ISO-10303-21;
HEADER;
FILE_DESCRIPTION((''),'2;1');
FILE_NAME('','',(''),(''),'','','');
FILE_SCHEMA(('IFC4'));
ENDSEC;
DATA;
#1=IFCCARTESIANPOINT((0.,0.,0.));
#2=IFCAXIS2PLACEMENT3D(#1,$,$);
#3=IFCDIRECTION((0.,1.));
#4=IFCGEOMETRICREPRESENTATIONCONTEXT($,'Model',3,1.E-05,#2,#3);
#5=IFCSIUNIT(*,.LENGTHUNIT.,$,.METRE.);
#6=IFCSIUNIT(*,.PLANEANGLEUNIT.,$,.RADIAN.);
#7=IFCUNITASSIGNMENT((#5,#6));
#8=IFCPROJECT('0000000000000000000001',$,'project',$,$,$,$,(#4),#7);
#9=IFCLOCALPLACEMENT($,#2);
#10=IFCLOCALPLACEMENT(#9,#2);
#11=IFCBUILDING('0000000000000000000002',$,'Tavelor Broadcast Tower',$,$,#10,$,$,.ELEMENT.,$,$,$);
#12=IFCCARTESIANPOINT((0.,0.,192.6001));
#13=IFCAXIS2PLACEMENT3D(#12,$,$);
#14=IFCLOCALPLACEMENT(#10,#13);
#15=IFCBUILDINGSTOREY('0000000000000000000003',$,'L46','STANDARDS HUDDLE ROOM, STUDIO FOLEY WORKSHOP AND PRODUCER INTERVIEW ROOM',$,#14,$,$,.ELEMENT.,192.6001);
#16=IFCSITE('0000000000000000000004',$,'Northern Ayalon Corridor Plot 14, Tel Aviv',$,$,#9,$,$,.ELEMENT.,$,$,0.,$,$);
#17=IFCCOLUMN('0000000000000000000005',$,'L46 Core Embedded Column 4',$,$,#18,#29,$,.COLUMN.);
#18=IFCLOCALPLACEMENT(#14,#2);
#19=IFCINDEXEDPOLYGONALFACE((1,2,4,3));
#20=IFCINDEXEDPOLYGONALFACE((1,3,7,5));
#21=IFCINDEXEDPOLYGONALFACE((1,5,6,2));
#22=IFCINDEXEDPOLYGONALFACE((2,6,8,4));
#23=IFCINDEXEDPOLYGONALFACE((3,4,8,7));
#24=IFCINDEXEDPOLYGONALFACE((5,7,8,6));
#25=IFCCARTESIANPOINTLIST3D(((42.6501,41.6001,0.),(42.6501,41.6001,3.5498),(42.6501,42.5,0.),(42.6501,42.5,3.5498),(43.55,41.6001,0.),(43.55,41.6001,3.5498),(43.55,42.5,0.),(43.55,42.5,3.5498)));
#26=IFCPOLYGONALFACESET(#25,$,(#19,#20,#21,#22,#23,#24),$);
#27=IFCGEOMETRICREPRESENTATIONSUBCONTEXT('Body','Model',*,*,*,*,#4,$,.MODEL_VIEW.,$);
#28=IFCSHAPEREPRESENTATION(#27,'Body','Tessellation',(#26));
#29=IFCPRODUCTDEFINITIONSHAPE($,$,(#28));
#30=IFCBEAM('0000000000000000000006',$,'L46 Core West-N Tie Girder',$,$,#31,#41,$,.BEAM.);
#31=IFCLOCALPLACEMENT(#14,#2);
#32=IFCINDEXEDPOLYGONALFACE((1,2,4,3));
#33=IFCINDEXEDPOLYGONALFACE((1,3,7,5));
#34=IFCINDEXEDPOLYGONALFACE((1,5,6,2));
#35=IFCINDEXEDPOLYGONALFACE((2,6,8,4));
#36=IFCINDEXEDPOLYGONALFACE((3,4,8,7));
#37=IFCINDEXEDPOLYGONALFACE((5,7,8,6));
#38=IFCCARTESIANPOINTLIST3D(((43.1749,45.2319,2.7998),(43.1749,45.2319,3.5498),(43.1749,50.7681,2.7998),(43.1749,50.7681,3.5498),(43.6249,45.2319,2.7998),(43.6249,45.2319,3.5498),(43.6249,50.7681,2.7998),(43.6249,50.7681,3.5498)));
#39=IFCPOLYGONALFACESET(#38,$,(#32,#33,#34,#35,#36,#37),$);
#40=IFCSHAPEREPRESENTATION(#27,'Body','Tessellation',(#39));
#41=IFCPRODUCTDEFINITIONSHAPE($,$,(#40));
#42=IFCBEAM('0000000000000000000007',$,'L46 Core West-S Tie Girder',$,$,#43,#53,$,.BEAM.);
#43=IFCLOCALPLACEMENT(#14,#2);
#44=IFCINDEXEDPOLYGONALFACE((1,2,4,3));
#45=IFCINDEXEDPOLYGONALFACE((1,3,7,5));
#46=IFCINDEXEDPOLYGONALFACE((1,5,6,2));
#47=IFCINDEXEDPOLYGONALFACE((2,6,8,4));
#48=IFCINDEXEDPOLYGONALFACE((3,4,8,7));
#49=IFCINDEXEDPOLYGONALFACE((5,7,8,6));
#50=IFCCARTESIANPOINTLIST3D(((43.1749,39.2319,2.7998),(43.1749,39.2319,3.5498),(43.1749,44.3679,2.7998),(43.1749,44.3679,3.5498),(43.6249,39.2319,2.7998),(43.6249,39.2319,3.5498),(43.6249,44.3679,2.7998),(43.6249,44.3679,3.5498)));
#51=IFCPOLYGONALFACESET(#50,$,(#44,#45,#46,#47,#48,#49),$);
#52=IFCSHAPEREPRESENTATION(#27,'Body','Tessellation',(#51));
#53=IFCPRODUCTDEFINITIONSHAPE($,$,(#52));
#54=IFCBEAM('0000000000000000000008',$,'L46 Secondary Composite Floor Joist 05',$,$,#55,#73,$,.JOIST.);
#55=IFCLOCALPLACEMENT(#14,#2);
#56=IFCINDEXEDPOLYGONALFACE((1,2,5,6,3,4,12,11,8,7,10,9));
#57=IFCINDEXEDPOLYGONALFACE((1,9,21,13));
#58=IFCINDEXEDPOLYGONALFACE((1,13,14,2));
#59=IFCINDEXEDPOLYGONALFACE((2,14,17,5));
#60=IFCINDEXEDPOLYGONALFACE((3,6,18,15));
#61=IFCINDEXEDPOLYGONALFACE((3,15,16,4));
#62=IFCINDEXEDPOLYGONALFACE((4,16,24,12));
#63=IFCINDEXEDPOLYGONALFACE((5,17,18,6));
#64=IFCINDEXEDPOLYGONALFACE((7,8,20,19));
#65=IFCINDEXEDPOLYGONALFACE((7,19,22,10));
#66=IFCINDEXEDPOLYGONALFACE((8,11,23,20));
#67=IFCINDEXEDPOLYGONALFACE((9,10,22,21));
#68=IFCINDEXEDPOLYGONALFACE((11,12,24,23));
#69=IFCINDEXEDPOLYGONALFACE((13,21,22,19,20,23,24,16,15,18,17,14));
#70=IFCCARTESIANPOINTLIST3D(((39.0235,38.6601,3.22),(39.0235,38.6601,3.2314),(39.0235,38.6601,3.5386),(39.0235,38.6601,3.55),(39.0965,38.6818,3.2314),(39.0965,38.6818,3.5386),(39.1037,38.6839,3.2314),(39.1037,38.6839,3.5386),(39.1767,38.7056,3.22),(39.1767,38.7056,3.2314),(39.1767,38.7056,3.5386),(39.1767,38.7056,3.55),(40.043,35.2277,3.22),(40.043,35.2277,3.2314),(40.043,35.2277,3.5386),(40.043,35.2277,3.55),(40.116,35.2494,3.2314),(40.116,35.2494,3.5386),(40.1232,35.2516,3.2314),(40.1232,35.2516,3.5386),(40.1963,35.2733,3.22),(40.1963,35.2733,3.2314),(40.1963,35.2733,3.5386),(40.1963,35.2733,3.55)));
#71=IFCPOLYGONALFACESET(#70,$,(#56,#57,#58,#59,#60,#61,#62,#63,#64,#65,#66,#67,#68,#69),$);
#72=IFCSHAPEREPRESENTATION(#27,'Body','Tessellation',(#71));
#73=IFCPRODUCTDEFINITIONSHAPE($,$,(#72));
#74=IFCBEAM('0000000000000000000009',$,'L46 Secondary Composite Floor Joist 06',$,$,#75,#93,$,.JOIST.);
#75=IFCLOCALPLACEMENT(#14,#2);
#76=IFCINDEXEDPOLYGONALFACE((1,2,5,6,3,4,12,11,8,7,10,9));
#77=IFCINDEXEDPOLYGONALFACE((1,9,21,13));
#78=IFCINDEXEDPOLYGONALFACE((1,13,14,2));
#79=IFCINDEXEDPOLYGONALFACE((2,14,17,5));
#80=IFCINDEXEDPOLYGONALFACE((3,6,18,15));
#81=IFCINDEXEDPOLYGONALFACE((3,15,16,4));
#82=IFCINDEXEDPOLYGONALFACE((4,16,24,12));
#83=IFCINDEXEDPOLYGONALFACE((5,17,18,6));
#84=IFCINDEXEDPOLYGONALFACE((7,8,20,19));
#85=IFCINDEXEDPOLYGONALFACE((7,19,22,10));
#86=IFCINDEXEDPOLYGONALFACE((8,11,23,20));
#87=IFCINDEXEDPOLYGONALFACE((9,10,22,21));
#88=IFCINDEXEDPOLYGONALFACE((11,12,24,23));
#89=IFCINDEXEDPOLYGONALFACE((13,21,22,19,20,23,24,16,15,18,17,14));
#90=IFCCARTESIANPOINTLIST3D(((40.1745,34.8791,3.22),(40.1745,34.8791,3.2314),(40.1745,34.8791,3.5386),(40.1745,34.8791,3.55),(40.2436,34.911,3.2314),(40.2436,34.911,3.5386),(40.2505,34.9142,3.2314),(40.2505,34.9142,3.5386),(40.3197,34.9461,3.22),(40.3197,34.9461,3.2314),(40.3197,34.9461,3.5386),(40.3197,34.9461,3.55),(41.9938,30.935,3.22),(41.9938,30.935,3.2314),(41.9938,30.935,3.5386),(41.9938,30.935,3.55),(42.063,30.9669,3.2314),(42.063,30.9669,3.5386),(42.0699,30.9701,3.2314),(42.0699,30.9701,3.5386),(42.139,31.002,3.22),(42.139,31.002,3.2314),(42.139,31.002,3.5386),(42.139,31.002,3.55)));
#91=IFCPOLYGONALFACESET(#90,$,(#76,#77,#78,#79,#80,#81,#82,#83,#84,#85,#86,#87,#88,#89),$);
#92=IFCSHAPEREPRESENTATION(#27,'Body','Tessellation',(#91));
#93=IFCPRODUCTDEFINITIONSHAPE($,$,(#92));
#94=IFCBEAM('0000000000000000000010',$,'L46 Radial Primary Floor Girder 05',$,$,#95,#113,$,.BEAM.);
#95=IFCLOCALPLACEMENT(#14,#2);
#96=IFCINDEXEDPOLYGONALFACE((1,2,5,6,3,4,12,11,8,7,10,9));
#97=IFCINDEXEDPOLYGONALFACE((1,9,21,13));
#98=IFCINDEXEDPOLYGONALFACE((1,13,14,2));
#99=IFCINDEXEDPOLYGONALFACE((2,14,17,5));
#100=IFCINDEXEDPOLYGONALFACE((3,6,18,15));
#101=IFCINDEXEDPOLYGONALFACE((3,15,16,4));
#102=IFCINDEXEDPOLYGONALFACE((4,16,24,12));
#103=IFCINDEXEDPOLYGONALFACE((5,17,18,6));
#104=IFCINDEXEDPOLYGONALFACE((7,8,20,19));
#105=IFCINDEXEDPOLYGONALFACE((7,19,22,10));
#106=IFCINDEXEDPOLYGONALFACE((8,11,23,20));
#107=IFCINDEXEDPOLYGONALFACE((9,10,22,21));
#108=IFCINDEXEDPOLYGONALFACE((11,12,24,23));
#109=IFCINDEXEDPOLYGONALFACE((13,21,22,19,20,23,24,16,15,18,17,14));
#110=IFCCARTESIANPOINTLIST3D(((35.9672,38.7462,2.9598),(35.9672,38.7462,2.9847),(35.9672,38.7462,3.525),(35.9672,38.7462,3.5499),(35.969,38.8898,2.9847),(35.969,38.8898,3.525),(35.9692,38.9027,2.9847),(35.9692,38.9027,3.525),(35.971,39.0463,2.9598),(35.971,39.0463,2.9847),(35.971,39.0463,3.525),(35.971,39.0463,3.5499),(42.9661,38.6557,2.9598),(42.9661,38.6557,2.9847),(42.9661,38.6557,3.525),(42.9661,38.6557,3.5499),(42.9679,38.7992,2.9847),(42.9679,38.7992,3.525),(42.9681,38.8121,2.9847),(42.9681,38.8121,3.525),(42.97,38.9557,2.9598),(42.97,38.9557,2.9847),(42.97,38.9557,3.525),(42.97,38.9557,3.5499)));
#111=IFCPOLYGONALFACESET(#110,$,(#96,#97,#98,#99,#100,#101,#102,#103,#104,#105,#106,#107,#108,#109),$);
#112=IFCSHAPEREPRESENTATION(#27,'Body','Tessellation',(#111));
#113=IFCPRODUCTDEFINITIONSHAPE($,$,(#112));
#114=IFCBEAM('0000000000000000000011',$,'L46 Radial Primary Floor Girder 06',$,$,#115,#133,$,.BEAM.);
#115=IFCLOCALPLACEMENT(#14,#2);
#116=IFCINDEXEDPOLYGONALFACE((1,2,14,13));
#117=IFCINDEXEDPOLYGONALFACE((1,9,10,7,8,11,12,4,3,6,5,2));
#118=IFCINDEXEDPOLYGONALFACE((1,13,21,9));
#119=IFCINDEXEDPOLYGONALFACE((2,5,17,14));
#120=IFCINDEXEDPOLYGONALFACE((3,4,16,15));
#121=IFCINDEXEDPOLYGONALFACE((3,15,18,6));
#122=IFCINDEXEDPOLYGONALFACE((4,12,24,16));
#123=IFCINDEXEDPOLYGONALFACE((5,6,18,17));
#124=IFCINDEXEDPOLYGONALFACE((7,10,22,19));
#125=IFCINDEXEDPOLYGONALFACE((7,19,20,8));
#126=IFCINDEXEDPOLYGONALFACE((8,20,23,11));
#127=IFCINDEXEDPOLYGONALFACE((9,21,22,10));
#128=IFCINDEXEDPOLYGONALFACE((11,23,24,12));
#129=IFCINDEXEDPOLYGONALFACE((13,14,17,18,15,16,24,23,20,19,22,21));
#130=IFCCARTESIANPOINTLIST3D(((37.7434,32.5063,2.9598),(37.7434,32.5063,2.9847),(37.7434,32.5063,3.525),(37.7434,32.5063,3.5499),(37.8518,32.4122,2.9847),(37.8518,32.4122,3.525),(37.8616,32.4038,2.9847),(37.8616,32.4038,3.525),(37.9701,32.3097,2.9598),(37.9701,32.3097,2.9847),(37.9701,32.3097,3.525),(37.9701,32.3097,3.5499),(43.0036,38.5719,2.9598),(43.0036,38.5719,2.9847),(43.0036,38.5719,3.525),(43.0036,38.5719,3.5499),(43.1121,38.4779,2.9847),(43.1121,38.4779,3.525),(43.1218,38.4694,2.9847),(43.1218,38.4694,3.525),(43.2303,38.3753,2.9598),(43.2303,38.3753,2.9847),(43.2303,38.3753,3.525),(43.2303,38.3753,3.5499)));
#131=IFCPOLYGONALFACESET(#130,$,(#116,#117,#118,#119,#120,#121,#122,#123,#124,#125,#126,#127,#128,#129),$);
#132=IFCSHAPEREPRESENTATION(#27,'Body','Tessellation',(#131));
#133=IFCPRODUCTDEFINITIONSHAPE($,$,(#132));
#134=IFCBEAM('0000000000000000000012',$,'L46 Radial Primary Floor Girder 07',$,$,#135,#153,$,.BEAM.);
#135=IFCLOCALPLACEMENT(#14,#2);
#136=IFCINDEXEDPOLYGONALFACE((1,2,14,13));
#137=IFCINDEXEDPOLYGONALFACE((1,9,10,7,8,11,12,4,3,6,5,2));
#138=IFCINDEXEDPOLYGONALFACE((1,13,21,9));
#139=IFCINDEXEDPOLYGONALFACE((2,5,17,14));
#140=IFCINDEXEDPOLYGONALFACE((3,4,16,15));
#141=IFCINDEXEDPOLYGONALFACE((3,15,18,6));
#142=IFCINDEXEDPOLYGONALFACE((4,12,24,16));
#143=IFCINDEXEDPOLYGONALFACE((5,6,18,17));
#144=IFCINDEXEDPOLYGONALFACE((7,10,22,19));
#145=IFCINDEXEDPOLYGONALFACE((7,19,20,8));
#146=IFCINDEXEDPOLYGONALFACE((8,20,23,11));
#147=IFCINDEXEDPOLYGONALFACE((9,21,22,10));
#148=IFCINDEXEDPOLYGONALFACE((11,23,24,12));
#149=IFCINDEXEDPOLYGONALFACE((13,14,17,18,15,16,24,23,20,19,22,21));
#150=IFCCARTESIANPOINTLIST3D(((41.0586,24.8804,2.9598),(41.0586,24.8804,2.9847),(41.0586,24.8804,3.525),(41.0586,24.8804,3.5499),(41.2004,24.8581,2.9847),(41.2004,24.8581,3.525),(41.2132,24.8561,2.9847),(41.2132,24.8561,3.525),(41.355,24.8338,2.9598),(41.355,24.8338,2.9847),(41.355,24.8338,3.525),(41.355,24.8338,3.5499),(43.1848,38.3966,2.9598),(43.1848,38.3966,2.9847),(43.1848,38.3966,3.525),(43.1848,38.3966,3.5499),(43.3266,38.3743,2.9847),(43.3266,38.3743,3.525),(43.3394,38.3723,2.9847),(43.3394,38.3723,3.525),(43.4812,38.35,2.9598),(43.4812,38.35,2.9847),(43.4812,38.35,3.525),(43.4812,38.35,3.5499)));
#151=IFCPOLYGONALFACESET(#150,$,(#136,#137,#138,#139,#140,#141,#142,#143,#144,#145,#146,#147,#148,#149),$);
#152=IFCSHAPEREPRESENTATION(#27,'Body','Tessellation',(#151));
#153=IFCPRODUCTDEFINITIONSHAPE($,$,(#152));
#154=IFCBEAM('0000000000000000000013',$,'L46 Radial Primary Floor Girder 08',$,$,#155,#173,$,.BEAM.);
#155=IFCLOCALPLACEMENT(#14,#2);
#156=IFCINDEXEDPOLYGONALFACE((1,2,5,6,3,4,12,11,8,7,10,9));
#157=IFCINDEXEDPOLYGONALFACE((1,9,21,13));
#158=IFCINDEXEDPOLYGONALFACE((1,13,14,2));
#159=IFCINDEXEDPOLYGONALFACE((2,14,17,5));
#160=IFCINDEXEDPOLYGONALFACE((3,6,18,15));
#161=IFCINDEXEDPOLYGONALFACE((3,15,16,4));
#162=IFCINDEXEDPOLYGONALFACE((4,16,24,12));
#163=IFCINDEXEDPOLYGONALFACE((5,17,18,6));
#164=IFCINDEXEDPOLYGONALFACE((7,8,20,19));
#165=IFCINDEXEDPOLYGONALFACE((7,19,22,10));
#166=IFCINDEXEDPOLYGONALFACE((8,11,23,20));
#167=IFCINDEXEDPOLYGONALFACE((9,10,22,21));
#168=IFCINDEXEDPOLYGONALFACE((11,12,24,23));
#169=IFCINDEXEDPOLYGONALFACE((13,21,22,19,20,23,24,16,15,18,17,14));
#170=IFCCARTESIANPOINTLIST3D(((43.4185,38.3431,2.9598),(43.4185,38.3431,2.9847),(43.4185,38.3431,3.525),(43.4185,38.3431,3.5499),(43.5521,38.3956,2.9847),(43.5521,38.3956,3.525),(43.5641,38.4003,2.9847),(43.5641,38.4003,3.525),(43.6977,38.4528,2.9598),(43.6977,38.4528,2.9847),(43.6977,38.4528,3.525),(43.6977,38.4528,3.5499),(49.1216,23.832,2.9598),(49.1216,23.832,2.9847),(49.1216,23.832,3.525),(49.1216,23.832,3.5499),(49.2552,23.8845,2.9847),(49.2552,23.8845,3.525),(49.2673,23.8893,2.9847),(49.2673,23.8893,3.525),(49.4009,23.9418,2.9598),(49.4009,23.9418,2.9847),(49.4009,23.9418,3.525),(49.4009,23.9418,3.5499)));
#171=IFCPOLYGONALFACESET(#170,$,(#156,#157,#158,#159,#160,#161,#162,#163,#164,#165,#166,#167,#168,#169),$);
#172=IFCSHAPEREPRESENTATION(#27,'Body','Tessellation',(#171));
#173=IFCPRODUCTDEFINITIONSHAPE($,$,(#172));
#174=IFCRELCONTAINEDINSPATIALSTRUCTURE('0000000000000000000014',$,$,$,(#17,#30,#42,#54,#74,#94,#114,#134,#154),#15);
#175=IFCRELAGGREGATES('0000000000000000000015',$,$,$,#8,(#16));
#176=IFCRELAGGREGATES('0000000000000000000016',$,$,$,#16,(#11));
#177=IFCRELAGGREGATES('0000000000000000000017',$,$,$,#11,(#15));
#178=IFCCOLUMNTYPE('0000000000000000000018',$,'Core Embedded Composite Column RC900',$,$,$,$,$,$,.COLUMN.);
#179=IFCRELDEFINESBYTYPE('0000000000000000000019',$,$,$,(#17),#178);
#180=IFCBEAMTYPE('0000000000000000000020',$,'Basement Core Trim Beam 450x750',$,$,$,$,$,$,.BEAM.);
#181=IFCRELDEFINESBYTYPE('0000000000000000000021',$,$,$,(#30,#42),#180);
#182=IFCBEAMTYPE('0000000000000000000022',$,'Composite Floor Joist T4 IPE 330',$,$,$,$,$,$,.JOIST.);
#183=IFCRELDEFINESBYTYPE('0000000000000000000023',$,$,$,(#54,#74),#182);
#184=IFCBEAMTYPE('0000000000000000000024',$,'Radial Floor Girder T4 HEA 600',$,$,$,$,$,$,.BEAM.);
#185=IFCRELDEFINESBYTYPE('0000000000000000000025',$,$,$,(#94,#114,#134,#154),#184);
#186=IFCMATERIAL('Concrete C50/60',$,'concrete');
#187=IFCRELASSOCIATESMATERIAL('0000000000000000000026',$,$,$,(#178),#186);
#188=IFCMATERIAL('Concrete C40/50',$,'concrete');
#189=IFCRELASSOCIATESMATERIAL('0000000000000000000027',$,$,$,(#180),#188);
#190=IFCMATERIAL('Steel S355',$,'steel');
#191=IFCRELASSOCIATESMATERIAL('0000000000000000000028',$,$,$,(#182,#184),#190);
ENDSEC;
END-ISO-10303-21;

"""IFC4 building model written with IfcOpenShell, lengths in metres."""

from ifc_helpers import new_model, si_unit, direction, frame, origin, origin_2d, place, context, subcontext, project, spatial, rectangle, i_section, extrude, material, material_profile, profile_set, type_object, element, save


model = new_model("IFC4")

# Units and contexts
model_context = context("Model", 3, precision=1e-05, world=origin(), true_north=direction((0.0, 1.0)))
body_context = subcontext(model_context, "Body", "Model", "MODEL_VIEW")
ifc_project = project(units=[si_unit("LENGTHUNIT", "METRE"), si_unit("PLANEANGLEUNIT", "RADIAN")], contexts=[model_context])

# Site, building, storey
site_placement = place(None, origin())
site = spatial("IfcSite", under=ifc_project, at=site_placement, Name="Northern Ayalon Corridor Plot 14, Tel Aviv", CompositionType="ELEMENT", RefElevation=0.0)
building_placement = place(site_placement, origin())
building = spatial("IfcBuilding", under=site, at=building_placement, Name="Tavelor Broadcast Tower", CompositionType="ELEMENT")
storey_placement = place(building_placement, frame((0.0, 0.0, 192.6001)))
storey = spatial("IfcBuildingStorey", under=building, at=storey_placement, Name="L46", Description="STANDARDS HUDDLE ROOM, STUDIO FOLEY WORKSHOP AND PRODUCER INTERVIEW ROOM", CompositionType="ELEMENT", Elevation=192.6001)

# Column
ifc_material_1 = material(Name="Concrete C50/60", Category="concrete")
ifc_material_profile_1 = material_profile(ifc_material_1, rectangle(XDim=0.8999, YDim=0.8999, at=origin_2d()), Name="RC 900x900")
ifc_profile_set_1 = profile_set([ifc_material_profile_1], Name="Concrete C50/60")
column_type = type_object("IfcColumnType", Name="Core Embedded Composite Column RC900", PredefinedType="COLUMN", material=ifc_profile_set_1)
column_placement = place(storey_placement, frame((43.1001, 42.05, 0.0), z_axis=(0.0, 0.0, 1.0), x_axis=(1.0, 0.0, 0.0)))
element("IfcColumn", 1, at=column_placement, inside=storey, type_object=column_type, Name="L46 Core Embedded Column 4", PredefinedType="COLUMN", context=body_context, shape_type="SweptSolid", body=[
    extrude(rectangle(XDim=0.8999, YDim=0.8999, at=origin_2d()), origin(), (0.0, 0.0, 1.0), 3.5498),
])

# Beams
ifc_material_2 = material(Name="Concrete C40/50", Category="concrete")
ifc_material_profile_2 = material_profile(ifc_material_2, rectangle(XDim=0.45, YDim=0.75, at=origin_2d()), Name="RC 450x750")
ifc_profile_set_2 = profile_set([ifc_material_profile_2], Name="Concrete C40/50")
beam_type_1 = type_object("IfcBeamType", Name="Basement Core Trim Beam 450x750", PredefinedType="BEAM", material=ifc_profile_set_2)
beam_1_placement = place(storey_placement, frame((43.3999, 45.2319, 3.1748), z_axis=(0.0, 1.0, 0.0), x_axis=(-1.0, 0.0, 0.0)))
element("IfcBeam", 2, at=beam_1_placement, inside=storey, type_object=beam_type_1, Name="L46 Core West-N Tie Girder", PredefinedType="BEAM", context=body_context, shape_type="SweptSolid", body=[
    extrude(rectangle(XDim=0.45, YDim=0.75, at=origin_2d()), origin(), (0.0, 0.0, 1.0), 5.5361),
])
beam_2_placement = place(storey_placement, frame((43.3999, 39.2319, 3.1748), z_axis=(0.0, 1.0, 0.0), x_axis=(-1.0, 0.0, 0.0)))
element("IfcBeam", 3, at=beam_2_placement, inside=storey, type_object=beam_type_1, Name="L46 Core West-S Tie Girder", PredefinedType="BEAM", context=body_context, shape_type="SweptSolid", body=[
    extrude(rectangle(XDim=0.45, YDim=0.75, at=origin_2d()), origin(), (0.0, 0.0, 1.0), 5.136),
])
ifc_material_3 = material(Name="Steel S355", Category="steel")
ifc_material_profile_3 = material_profile(ifc_material_3, i_section(OverallWidth=0.1599, OverallDepth=0.3301, WebThickness=0.0076, FlangeThickness=0.0115, at=origin_2d()), Name="IPE 330")
ifc_profile_set_3 = profile_set([ifc_material_profile_3], Name="Steel S355")
beam_type_2 = type_object("IfcBeamType", Name="Composite Floor Joist T4 IPE 330", PredefinedType="JOIST", material=ifc_profile_set_3)
beam_3_placement = place(storey_placement, frame((39.1001, 38.6829, 3.385), z_axis=(0.284738, -0.958605, 0.0), x_axis=(0.958605, 0.284738, 0.0)))
element("IfcBeam", 4, at=beam_3_placement, inside=storey, type_object=beam_type_2, Name="L46 Secondary Composite Floor Joist 05", PredefinedType="JOIST", context=body_context, shape_type="SweptSolid", body=[
    extrude(i_section(OverallWidth=0.1599, OverallDepth=0.3301, WebThickness=0.0076, FlangeThickness=0.0115, at=origin_2d()), origin(), (0.0, 0.0, 1.0), 3.5806),
])
beam_4_placement = place(storey_placement, frame((40.2471, 34.9126, 3.385), z_axis=(0.418866, -0.908048, 0.0), x_axis=(0.908048, 0.418866, 0.0)))
element("IfcBeam", 5, at=beam_4_placement, inside=storey, type_object=beam_type_2, Name="L46 Secondary Composite Floor Joist 06", PredefinedType="JOIST", context=body_context, shape_type="SweptSolid", body=[
    extrude(i_section(OverallWidth=0.1599, OverallDepth=0.3301, WebThickness=0.0076, FlangeThickness=0.0115, at=origin_2d()), origin(), (0.0, 0.0, 1.0), 4.3435),
])
ifc_material_profile_4 = material_profile(ifc_material_3, i_section(OverallWidth=0.3, OverallDepth=0.5901, WebThickness=0.0129, FlangeThickness=0.0249, at=origin_2d()), Name="HEA 600")
ifc_profile_set_4 = profile_set([ifc_material_profile_4], Name="Steel S355")
beam_type_3 = type_object("IfcBeamType", Name="Radial Floor Girder T4 HEA 600", PredefinedType="BEAM", material=ifc_profile_set_4)
beam_5_placement = place(storey_placement, frame((42.968, 38.8057, 3.2549), z_axis=(-0.999916, 0.01294, 0.0), x_axis=(-0.01294, -0.999916, 0.0)))
element("IfcBeam", 6, at=beam_5_placement, inside=storey, type_object=beam_type_3, Name="L46 Radial Primary Floor Girder 05", PredefinedType="BEAM", context=body_context, shape_type="SweptSolid", body=[
    extrude(i_section(OverallWidth=0.3, OverallDepth=0.5901, WebThickness=0.0129, FlangeThickness=0.0249, at=origin_2d()), origin(), (0.0, 0.0, 1.0), 6.9995),
])
beam_6_placement = place(storey_placement, frame((43.1169, 38.4736, 3.2549), z_axis=(-0.655168, -0.755483, 0.0), x_axis=(0.755483, -0.655168, 0.0)))
element("IfcBeam", 7, at=beam_6_placement, inside=storey, type_object=beam_type_3, Name="L46 Radial Primary Floor Girder 06", PredefinedType="BEAM", context=body_context, shape_type="SweptSolid", body=[
    extrude(i_section(OverallWidth=0.3, OverallDepth=0.5901, WebThickness=0.0129, FlangeThickness=0.0249, at=origin_2d()), origin(), (0.0, 0.0, 1.0), 8.0288),
])
beam_7_placement = place(storey_placement, frame((43.333, 38.3733, 3.2549), z_axis=(-0.155399, -0.987852, 0.0), x_axis=(0.987852, -0.155399, 0.0)))
element("IfcBeam", 8, at=beam_7_placement, inside=storey, type_object=beam_type_3, Name="L46 Radial Primary Floor Girder 07", PredefinedType="BEAM", context=body_context, shape_type="SweptSolid", body=[
    extrude(i_section(OverallWidth=0.3, OverallDepth=0.5901, WebThickness=0.0129, FlangeThickness=0.0249, at=origin_2d()), origin(), (0.0, 0.0, 1.0), 13.6824),
])
beam_8_placement = place(storey_placement, frame((43.5581, 38.3979, 3.2549), z_axis=(0.365785, -0.9307, 0.0), x_axis=(0.9307, 0.365785, 0.0)))
element("IfcBeam", 9, at=beam_8_placement, inside=storey, type_object=beam_type_3, Name="L46 Radial Primary Floor Girder 08", PredefinedType="BEAM", context=body_context, shape_type="SweptSolid", body=[
    extrude(i_section(OverallWidth=0.3, OverallDepth=0.5901, WebThickness=0.0129, FlangeThickness=0.0249, at=origin_2d()), origin(), (0.0, 0.0, 1.0), 15.5916),
])

save(model, "model.ifc")
